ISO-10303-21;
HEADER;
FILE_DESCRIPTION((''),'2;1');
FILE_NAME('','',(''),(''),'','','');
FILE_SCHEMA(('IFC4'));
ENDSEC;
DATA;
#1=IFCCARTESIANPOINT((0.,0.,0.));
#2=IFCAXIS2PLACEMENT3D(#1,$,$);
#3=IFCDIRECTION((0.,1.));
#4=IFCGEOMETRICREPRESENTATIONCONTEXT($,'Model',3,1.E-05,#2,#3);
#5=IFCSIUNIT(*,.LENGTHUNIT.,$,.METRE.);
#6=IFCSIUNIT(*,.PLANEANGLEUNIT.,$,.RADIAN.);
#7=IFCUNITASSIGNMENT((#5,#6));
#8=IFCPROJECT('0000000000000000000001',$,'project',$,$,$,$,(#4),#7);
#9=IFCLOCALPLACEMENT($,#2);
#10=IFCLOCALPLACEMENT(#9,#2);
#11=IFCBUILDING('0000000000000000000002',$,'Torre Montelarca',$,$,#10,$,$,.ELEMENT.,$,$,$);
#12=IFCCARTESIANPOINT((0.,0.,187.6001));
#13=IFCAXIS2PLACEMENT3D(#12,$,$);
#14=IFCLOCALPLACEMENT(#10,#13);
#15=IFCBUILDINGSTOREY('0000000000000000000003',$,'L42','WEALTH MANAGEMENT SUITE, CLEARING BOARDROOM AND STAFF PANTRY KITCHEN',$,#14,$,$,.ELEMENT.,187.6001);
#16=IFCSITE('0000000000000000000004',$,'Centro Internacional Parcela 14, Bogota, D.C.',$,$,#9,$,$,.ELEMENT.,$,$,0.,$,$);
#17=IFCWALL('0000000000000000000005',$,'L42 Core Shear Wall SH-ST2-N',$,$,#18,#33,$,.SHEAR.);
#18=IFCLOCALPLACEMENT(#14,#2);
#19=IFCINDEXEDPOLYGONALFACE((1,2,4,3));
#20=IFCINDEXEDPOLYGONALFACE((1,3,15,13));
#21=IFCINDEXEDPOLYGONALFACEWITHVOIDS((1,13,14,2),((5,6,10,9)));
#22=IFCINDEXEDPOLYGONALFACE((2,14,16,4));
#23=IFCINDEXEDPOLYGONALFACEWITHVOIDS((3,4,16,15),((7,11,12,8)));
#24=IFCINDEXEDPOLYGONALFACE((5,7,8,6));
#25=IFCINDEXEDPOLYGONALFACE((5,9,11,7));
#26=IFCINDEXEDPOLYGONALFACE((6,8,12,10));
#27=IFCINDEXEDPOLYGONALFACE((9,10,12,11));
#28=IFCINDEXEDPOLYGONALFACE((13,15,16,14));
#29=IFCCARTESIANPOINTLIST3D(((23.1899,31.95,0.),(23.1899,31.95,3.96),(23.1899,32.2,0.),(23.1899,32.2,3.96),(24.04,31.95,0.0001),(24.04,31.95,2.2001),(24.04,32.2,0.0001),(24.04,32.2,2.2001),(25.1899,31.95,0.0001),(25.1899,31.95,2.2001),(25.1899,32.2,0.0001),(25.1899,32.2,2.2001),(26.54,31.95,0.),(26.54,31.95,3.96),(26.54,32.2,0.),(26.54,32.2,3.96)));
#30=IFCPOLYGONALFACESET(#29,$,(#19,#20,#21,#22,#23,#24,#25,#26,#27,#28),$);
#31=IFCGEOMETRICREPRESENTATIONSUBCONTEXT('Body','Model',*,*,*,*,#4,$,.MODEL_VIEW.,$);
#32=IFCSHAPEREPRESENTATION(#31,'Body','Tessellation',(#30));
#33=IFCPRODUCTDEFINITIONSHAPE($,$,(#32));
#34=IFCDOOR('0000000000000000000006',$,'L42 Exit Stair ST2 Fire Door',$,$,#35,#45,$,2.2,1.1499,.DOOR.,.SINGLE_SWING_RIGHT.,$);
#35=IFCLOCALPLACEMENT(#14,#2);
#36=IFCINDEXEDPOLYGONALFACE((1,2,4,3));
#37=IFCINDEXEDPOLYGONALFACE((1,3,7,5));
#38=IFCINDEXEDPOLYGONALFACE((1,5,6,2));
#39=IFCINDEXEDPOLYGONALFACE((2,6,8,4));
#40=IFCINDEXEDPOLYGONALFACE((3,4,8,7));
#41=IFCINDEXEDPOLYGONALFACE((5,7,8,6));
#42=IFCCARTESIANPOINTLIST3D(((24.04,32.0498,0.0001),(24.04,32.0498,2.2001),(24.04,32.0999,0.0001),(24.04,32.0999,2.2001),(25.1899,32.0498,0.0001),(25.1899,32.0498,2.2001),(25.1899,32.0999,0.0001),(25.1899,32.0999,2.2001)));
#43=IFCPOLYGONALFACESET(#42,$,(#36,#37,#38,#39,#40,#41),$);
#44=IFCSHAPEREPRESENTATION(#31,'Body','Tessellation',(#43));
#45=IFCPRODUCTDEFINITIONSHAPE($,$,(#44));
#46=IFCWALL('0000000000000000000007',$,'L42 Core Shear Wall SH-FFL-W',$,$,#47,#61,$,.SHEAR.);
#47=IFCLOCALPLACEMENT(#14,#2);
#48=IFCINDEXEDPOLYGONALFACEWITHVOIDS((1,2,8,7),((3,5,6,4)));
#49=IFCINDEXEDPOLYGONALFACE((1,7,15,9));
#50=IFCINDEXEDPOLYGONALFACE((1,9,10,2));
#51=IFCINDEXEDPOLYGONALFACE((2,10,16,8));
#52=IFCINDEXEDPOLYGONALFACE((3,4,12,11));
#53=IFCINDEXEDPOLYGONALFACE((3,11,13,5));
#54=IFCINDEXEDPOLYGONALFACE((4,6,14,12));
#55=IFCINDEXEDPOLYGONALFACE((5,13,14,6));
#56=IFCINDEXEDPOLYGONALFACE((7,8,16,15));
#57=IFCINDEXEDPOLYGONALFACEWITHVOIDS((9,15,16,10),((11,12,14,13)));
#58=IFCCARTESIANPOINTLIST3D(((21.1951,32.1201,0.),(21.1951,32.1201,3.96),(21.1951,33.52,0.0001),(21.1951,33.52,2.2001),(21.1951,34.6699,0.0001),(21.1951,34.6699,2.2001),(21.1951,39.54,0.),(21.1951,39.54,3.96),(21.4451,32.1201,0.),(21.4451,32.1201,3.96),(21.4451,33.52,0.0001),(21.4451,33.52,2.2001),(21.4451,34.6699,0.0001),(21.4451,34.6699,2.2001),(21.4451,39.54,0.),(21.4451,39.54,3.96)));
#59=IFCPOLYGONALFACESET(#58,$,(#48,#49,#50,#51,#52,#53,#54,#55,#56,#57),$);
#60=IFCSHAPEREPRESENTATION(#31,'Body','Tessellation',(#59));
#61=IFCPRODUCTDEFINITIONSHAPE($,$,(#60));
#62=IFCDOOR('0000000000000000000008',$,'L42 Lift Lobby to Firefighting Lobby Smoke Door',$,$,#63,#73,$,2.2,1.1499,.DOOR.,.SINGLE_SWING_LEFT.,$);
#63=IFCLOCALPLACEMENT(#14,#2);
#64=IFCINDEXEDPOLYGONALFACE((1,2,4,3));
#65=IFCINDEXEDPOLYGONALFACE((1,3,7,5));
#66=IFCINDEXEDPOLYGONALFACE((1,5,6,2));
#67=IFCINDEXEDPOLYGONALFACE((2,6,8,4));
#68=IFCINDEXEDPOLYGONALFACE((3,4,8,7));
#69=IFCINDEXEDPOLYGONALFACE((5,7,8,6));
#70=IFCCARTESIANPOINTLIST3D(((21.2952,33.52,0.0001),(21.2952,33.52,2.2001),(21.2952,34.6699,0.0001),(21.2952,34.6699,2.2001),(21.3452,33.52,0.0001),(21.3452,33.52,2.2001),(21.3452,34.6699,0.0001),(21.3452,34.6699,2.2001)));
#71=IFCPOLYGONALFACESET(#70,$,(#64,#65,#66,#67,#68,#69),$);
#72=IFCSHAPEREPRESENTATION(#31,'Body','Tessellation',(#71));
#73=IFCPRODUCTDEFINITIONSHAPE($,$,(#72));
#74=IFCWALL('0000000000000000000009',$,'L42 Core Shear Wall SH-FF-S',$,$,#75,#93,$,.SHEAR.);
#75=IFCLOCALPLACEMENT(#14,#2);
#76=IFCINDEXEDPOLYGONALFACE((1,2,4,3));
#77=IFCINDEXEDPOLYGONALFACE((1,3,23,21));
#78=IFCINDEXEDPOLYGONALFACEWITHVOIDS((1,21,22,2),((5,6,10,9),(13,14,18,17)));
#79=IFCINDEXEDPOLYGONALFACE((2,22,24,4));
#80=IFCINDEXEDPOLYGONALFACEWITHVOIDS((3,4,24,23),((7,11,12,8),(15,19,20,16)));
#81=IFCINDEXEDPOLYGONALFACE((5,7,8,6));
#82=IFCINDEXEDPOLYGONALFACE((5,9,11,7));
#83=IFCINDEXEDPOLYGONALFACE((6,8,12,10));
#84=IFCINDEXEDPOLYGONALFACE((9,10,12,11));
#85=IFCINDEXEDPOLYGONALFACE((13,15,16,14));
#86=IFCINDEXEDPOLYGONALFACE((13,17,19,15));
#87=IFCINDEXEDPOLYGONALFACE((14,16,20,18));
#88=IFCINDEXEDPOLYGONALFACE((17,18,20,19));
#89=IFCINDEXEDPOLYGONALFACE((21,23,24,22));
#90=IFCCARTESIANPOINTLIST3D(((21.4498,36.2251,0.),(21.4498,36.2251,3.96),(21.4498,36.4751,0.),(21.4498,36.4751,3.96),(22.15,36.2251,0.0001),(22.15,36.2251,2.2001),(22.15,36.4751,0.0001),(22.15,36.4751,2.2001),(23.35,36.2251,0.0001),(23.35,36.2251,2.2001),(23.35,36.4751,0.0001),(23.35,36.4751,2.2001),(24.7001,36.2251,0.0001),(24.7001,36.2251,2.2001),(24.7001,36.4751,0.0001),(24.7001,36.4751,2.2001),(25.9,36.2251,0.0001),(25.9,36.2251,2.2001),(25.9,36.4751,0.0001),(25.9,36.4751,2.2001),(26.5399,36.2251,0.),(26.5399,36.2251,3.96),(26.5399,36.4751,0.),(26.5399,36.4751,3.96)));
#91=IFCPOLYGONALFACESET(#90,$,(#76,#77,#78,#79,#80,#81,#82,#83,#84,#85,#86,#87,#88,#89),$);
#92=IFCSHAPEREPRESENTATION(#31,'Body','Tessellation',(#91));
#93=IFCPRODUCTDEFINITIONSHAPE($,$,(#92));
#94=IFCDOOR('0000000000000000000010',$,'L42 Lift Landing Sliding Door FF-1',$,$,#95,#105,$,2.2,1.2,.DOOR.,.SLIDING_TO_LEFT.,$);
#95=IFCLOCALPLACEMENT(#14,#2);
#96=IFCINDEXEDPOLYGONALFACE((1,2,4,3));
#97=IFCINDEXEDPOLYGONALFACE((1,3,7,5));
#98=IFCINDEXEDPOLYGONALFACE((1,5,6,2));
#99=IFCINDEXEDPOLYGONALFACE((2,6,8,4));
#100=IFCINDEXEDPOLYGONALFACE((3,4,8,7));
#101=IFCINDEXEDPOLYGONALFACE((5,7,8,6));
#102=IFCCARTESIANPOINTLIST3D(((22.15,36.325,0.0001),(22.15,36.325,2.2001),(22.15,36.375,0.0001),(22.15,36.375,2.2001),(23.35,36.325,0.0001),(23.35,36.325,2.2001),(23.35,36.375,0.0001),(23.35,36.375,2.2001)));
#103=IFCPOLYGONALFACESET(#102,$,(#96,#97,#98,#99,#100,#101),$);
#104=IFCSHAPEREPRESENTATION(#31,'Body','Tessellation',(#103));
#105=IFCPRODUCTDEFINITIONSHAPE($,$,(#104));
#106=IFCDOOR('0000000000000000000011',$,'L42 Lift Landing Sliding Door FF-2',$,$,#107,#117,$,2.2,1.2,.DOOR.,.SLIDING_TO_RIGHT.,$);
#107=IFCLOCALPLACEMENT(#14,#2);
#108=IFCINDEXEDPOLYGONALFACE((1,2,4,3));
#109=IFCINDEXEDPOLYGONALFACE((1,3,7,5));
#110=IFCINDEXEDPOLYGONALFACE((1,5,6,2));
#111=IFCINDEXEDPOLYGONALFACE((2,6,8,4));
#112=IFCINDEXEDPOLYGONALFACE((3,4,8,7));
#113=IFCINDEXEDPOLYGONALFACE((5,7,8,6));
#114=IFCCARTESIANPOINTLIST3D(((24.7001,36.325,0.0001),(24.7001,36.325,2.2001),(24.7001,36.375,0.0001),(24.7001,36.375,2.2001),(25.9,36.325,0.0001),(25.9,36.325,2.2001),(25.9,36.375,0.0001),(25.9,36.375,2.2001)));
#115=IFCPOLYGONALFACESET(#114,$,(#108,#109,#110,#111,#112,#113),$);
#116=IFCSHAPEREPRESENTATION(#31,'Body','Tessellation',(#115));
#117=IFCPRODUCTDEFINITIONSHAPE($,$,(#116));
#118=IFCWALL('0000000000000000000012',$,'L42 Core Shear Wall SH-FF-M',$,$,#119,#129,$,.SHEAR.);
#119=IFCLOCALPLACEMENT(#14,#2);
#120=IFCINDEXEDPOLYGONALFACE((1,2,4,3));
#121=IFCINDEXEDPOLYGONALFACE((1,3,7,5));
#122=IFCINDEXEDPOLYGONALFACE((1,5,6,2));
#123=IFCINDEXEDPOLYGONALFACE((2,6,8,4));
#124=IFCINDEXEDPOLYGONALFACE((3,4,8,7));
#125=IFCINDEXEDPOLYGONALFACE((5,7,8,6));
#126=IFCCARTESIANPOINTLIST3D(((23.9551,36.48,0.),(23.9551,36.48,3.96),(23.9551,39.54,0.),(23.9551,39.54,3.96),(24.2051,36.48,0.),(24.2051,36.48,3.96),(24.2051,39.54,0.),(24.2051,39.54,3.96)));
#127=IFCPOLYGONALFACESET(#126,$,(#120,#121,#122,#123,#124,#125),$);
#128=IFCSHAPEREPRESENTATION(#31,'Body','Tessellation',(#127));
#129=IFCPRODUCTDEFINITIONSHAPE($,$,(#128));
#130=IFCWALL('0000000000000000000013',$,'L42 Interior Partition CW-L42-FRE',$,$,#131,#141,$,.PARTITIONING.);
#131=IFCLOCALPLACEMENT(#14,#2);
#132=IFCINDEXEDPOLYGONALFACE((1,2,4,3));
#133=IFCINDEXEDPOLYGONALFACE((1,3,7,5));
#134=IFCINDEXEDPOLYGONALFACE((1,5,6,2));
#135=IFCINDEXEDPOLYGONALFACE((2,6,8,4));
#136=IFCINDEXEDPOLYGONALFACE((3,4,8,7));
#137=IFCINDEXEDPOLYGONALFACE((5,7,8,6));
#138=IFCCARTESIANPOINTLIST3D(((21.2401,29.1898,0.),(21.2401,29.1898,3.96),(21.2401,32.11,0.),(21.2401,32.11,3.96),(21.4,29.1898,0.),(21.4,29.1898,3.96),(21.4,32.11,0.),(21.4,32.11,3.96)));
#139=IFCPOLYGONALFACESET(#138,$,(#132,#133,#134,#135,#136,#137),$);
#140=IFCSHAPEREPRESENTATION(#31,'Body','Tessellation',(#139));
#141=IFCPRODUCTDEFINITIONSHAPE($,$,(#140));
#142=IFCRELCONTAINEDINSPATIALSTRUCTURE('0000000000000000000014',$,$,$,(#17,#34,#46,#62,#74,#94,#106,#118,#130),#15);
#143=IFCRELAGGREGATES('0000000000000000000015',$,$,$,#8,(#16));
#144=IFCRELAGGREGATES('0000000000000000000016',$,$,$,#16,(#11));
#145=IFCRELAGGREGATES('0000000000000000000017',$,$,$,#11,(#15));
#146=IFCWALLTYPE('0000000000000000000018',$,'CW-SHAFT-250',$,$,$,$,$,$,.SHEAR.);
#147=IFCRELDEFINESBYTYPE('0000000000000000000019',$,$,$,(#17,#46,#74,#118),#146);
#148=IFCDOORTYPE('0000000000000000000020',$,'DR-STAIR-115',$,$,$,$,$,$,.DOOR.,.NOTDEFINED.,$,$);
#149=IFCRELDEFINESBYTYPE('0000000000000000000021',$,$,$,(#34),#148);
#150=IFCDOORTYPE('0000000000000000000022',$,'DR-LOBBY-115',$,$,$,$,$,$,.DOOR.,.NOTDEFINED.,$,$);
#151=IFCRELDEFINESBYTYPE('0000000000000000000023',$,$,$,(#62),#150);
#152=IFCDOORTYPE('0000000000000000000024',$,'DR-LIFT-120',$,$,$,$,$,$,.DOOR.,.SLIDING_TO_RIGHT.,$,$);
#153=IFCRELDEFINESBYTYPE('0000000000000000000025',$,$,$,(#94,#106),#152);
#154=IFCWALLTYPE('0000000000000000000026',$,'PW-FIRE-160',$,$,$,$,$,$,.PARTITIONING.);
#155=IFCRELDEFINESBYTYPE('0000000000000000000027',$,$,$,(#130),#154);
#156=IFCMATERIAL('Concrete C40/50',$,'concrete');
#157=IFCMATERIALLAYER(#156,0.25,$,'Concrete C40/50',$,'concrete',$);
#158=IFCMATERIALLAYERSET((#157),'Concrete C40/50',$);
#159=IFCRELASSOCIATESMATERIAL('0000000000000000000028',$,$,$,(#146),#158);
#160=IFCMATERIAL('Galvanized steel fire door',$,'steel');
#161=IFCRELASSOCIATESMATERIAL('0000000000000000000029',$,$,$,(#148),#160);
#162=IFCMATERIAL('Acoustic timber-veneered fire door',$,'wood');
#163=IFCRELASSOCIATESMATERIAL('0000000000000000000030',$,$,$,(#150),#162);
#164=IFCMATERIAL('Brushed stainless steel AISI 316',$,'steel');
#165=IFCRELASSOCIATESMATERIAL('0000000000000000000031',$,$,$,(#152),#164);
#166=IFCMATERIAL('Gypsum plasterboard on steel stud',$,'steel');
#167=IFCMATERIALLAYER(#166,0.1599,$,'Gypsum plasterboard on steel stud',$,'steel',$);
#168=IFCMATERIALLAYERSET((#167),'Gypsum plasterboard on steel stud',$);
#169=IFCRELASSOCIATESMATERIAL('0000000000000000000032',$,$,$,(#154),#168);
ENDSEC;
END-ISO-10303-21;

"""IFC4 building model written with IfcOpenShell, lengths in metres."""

from ifc_helpers import new_model, si_unit, direction, frame, frame_2d, origin, place, context, subcontext, project, spatial, rectangle, extrude, source, transform, mapped, material, layer, layer_set, type_object, element, fill, save


model = new_model("IFC4")

# Units and contexts
model_context = context("Model", 3, precision=1e-05, world=origin(), true_north=direction((0.0, 1.0)))
body_context = subcontext(model_context, "Body", "Model", "MODEL_VIEW")
ifc_project = project(units=[si_unit("LENGTHUNIT", "METRE"), si_unit("PLANEANGLEUNIT", "RADIAN")], contexts=[model_context])

# Site, building, storey
site_placement = place(None, origin())
site = spatial("IfcSite", under=ifc_project, at=site_placement, Name="Centro Internacional Parcela 14, Bogota, D.C.", CompositionType="ELEMENT", RefElevation=0.0)
building_placement = place(site_placement, origin())
building = spatial("IfcBuilding", under=site, at=building_placement, Name="Torre Montelarca", CompositionType="ELEMENT")
storey_placement = place(building_placement, frame((0.0, 0.0, 187.6001)))
storey = spatial("IfcBuildingStorey", under=building, at=storey_placement, Name="L42", Description="WEALTH MANAGEMENT SUITE, CLEARING BOARDROOM AND STAFF PANTRY KITCHEN", CompositionType="ELEMENT", Elevation=187.6001)

# Walls, openings, doors
ifc_material_1 = material(Name="Concrete C40/50", Category="concrete")
ifc_layer_1 = layer(ifc_material_1, 0.25, Name="Concrete C40/50", Category="concrete")
ifc_layer_set_1 = layer_set([ifc_layer_1], Name="Concrete C40/50")
wall_type_1 = type_object("IfcWallType", Name="CW-SHAFT-250", PredefinedType="SHEAR", material=ifc_layer_set_1)
wall_1_placement = place(storey_placement, frame((23.1899, 32.075, 0.0), z_axis=(0.0, 0.0, 1.0), x_axis=(1.0, 0.0, 0.0)))
wall_1 = element("IfcWall", 1, at=wall_1_placement, inside=storey, type_object=wall_type_1, Name="L42 Core Shear Wall SH-ST2-N", PredefinedType="SHEAR", context=body_context, shape_type="SweptSolid", body=[
    extrude(rectangle(XDim=3.3501, YDim=0.25, at=frame_2d((1.675, 0.0))), origin(), (0.0, 0.0, 1.0), 3.96),
])
opening_1_placement = place(wall_1_placement, frame((0.8501, 0.0, 0.0)))
opening_1 = element("IfcOpeningElement", 2, at=opening_1_placement, cuts=wall_1, PredefinedType="OPENING", context=body_context, shape_type="SweptSolid", body=[
    extrude(rectangle(XDim=1.1499, YDim=2.2, at=frame_2d((0.575, 1.1001))), frame((0.0, 0.135, 0.0), z_axis=(0.0, -1.0, 0.0), x_axis=(1.0, 0.0, 0.0)), (0.0, 0.0, 1.0), 0.27),
])
ifc_material_2 = material(Name="Galvanized steel fire door", Category="steel")
door_type_1 = type_object("IfcDoorType", Name="DR-STAIR-115", OperationType="NOTDEFINED", PredefinedType="DOOR", material=ifc_material_2)
shared_shape_1 = source(origin(), body_context, "Body", "SweptSolid", [
    extrude(rectangle(XDim=1.1499, YDim=2.2, at=frame_2d((0.575, 1.1001))), frame((0.0, 0.0249, 0.0), z_axis=(0.0, -1.0, 0.0), x_axis=(1.0, 0.0, 0.0)), (0.0, 0.0, 1.0), 0.05),
])
door_1_placement = place(opening_1_placement, origin())
door_1 = element("IfcDoor", 3, at=door_1_placement, inside=storey, type_object=door_type_1, Name="L42 Exit Stair ST2 Fire Door", OperationType="SINGLE_SWING_RIGHT", OverallHeight=2.2, OverallWidth=1.1499, PredefinedType="DOOR", context=body_context, shape_type="MappedRepresentation", body=[
    mapped(shared_shape_1, transform((0.0, 0.0, 0.0), scale=1.0)),
])
fill(opening_1, door_1)
wall_2_placement = place(storey_placement, frame((21.3201, 32.1201, 0.0), z_axis=(0.0, 0.0, 1.0), x_axis=(0.0, 1.0, 0.0)))
wall_2 = element("IfcWall", 4, at=wall_2_placement, inside=storey, type_object=wall_type_1, Name="L42 Core Shear Wall SH-FFL-W", PredefinedType="SHEAR", context=body_context, shape_type="SweptSolid", body=[
    extrude(rectangle(XDim=7.4199, YDim=0.25, at=frame_2d((3.71, 0.0))), origin(), (0.0, 0.0, 1.0), 3.96),
])
opening_2_placement = place(wall_2_placement, frame((1.3999, 0.0, 0.0)))
opening_2 = element("IfcOpeningElement", 5, at=opening_2_placement, cuts=wall_2, PredefinedType="OPENING", context=body_context, shape_type="SweptSolid", body=[
    extrude(rectangle(XDim=1.1499, YDim=2.2, at=frame_2d((0.575, 1.1001))), frame((0.0, 0.135, 0.0), z_axis=(0.0, -1.0, 0.0), x_axis=(1.0, 0.0, 0.0)), (0.0, 0.0, 1.0), 0.27),
])
ifc_material_3 = material(Name="Acoustic timber-veneered fire door", Category="wood")
door_type_2 = type_object("IfcDoorType", Name="DR-LOBBY-115", OperationType="NOTDEFINED", PredefinedType="DOOR", material=ifc_material_3)
shared_shape_2 = source(origin(), body_context, "Body", "SweptSolid", [
    extrude(rectangle(XDim=1.1499, YDim=2.2, at=frame_2d((0.575, 1.1001))), frame((0.0, 0.0249, 0.0), z_axis=(0.0, -1.0, 0.0), x_axis=(1.0, 0.0, 0.0)), (0.0, 0.0, 1.0), 0.05),
])
door_2_placement = place(opening_2_placement, origin())
door_2 = element("IfcDoor", 6, at=door_2_placement, inside=storey, type_object=door_type_2, Name="L42 Lift Lobby to Firefighting Lobby Smoke Door", OperationType="SINGLE_SWING_LEFT", OverallHeight=2.2, OverallWidth=1.1499, PredefinedType="DOOR", context=body_context, shape_type="MappedRepresentation", body=[
    mapped(shared_shape_2, transform((0.0, 0.0, 0.0), scale=1.0)),
])
fill(opening_2, door_2)

# Wall, openings, doors
wall_3_placement = place(storey_placement, frame((21.45, 36.3501, 0.0), z_axis=(0.0, 0.0, 1.0), x_axis=(1.0, 0.0, 0.0)))
wall_3 = element("IfcWall", 7, at=wall_3_placement, inside=storey, type_object=wall_type_1, Name="L42 Core Shear Wall SH-FF-S", PredefinedType="SHEAR", context=body_context, shape_type="SweptSolid", body=[
    extrude(rectangle(XDim=5.0901, YDim=0.25, at=frame_2d((2.5449, 0.0))), origin(), (0.0, 0.0, 1.0), 3.96),
])
opening_3_placement = place(wall_3_placement, frame((0.7, 0.0, 0.0)))
opening_3 = element("IfcOpeningElement", 8, at=opening_3_placement, cuts=wall_3, PredefinedType="OPENING", context=body_context, shape_type="SweptSolid", body=[
    extrude(rectangle(XDim=1.2, YDim=2.2, at=frame_2d((0.6001, 1.1001))), frame((0.0, 0.135, 0.0), z_axis=(0.0, -1.0, 0.0), x_axis=(1.0, 0.0, 0.0)), (0.0, 0.0, 1.0), 0.27),
])
opening_4_placement = place(wall_3_placement, frame((3.25, 0.0, 0.0)))
opening_4 = element("IfcOpeningElement", 9, at=opening_4_placement, cuts=wall_3, PredefinedType="OPENING", context=body_context, shape_type="SweptSolid", body=[
    extrude(rectangle(XDim=1.2, YDim=2.2, at=frame_2d((0.6001, 1.1001))), frame((0.0, 0.135, 0.0), z_axis=(0.0, -1.0, 0.0), x_axis=(1.0, 0.0, 0.0)), (0.0, 0.0, 1.0), 0.27),
])
ifc_material_4 = material(Name="Brushed stainless steel AISI 316", Category="steel")
door_type_3 = type_object("IfcDoorType", Name="DR-LIFT-120", OperationType="SLIDING_TO_RIGHT", PredefinedType="DOOR", material=ifc_material_4)
shared_shape_3 = source(origin(), body_context, "Body", "SweptSolid", [
    extrude(rectangle(XDim=1.2, YDim=2.2, at=frame_2d((0.6001, 1.1001))), frame((0.0, 0.0249, 0.0), z_axis=(0.0, -1.0, 0.0), x_axis=(1.0, 0.0, 0.0)), (0.0, 0.0, 1.0), 0.05),
])
door_3_placement = place(opening_3_placement, origin())
door_3 = element("IfcDoor", 10, at=door_3_placement, inside=storey, type_object=door_type_3, Name="L42 Lift Landing Sliding Door FF-1", OperationType="SLIDING_TO_LEFT", OverallHeight=2.2, OverallWidth=1.2, PredefinedType="DOOR", context=body_context, shape_type="MappedRepresentation", body=[
    mapped(shared_shape_3, transform((0.0, 0.0, 0.0), scale=1.0)),
])
fill(opening_3, door_3)
door_4_placement = place(opening_4_placement, origin())
door_4 = element("IfcDoor", 11, at=door_4_placement, inside=storey, type_object=door_type_3, Name="L42 Lift Landing Sliding Door FF-2", OperationType="SLIDING_TO_RIGHT", OverallHeight=2.2, OverallWidth=1.2, PredefinedType="DOOR", context=body_context, shape_type="MappedRepresentation", body=[
    mapped(shared_shape_3, transform((0.0, 0.0, 0.0), scale=1.0)),
])
fill(opening_4, door_4)

# Walls
wall_4_placement = place(storey_placement, frame((24.0801, 36.48, 0.0), z_axis=(0.0, 0.0, 1.0), x_axis=(0.0, 1.0, 0.0)))
element("IfcWall", 12, at=wall_4_placement, inside=storey, type_object=wall_type_1, Name="L42 Core Shear Wall SH-FF-M", PredefinedType="SHEAR", context=body_context, shape_type="SweptSolid", body=[
    extrude(rectangle(XDim=3.0601, YDim=0.25, at=frame_2d((1.53, 0.0))), origin(), (0.0, 0.0, 1.0), 3.96),
])
ifc_material_5 = material(Name="Gypsum plasterboard on steel stud", Category="steel")
ifc_layer_2 = layer(ifc_material_5, 0.1599, Name="Gypsum plasterboard on steel stud", Category="steel")
ifc_layer_set_2 = layer_set([ifc_layer_2], Name="Gypsum plasterboard on steel stud")
wall_type_2 = type_object("IfcWallType", Name="PW-FIRE-160", PredefinedType="PARTITIONING", material=ifc_layer_set_2)
wall_5_placement = place(storey_placement, frame((21.3201, 29.1899, 0.0), z_axis=(0.0, 0.0, 1.0), x_axis=(0.0, 1.0, 0.0)))
element("IfcWall", 13, at=wall_5_placement, inside=storey, type_object=wall_type_2, Name="L42 Interior Partition CW-L42-FRE", PredefinedType="PARTITIONING", context=body_context, shape_type="SweptSolid", body=[
    extrude(rectangle(XDim=2.9202, YDim=0.1599, at=frame_2d((1.46, 0.0))), origin(), (0.0, 0.0, 1.0), 3.96),
])

save(model, "model.ifc")
